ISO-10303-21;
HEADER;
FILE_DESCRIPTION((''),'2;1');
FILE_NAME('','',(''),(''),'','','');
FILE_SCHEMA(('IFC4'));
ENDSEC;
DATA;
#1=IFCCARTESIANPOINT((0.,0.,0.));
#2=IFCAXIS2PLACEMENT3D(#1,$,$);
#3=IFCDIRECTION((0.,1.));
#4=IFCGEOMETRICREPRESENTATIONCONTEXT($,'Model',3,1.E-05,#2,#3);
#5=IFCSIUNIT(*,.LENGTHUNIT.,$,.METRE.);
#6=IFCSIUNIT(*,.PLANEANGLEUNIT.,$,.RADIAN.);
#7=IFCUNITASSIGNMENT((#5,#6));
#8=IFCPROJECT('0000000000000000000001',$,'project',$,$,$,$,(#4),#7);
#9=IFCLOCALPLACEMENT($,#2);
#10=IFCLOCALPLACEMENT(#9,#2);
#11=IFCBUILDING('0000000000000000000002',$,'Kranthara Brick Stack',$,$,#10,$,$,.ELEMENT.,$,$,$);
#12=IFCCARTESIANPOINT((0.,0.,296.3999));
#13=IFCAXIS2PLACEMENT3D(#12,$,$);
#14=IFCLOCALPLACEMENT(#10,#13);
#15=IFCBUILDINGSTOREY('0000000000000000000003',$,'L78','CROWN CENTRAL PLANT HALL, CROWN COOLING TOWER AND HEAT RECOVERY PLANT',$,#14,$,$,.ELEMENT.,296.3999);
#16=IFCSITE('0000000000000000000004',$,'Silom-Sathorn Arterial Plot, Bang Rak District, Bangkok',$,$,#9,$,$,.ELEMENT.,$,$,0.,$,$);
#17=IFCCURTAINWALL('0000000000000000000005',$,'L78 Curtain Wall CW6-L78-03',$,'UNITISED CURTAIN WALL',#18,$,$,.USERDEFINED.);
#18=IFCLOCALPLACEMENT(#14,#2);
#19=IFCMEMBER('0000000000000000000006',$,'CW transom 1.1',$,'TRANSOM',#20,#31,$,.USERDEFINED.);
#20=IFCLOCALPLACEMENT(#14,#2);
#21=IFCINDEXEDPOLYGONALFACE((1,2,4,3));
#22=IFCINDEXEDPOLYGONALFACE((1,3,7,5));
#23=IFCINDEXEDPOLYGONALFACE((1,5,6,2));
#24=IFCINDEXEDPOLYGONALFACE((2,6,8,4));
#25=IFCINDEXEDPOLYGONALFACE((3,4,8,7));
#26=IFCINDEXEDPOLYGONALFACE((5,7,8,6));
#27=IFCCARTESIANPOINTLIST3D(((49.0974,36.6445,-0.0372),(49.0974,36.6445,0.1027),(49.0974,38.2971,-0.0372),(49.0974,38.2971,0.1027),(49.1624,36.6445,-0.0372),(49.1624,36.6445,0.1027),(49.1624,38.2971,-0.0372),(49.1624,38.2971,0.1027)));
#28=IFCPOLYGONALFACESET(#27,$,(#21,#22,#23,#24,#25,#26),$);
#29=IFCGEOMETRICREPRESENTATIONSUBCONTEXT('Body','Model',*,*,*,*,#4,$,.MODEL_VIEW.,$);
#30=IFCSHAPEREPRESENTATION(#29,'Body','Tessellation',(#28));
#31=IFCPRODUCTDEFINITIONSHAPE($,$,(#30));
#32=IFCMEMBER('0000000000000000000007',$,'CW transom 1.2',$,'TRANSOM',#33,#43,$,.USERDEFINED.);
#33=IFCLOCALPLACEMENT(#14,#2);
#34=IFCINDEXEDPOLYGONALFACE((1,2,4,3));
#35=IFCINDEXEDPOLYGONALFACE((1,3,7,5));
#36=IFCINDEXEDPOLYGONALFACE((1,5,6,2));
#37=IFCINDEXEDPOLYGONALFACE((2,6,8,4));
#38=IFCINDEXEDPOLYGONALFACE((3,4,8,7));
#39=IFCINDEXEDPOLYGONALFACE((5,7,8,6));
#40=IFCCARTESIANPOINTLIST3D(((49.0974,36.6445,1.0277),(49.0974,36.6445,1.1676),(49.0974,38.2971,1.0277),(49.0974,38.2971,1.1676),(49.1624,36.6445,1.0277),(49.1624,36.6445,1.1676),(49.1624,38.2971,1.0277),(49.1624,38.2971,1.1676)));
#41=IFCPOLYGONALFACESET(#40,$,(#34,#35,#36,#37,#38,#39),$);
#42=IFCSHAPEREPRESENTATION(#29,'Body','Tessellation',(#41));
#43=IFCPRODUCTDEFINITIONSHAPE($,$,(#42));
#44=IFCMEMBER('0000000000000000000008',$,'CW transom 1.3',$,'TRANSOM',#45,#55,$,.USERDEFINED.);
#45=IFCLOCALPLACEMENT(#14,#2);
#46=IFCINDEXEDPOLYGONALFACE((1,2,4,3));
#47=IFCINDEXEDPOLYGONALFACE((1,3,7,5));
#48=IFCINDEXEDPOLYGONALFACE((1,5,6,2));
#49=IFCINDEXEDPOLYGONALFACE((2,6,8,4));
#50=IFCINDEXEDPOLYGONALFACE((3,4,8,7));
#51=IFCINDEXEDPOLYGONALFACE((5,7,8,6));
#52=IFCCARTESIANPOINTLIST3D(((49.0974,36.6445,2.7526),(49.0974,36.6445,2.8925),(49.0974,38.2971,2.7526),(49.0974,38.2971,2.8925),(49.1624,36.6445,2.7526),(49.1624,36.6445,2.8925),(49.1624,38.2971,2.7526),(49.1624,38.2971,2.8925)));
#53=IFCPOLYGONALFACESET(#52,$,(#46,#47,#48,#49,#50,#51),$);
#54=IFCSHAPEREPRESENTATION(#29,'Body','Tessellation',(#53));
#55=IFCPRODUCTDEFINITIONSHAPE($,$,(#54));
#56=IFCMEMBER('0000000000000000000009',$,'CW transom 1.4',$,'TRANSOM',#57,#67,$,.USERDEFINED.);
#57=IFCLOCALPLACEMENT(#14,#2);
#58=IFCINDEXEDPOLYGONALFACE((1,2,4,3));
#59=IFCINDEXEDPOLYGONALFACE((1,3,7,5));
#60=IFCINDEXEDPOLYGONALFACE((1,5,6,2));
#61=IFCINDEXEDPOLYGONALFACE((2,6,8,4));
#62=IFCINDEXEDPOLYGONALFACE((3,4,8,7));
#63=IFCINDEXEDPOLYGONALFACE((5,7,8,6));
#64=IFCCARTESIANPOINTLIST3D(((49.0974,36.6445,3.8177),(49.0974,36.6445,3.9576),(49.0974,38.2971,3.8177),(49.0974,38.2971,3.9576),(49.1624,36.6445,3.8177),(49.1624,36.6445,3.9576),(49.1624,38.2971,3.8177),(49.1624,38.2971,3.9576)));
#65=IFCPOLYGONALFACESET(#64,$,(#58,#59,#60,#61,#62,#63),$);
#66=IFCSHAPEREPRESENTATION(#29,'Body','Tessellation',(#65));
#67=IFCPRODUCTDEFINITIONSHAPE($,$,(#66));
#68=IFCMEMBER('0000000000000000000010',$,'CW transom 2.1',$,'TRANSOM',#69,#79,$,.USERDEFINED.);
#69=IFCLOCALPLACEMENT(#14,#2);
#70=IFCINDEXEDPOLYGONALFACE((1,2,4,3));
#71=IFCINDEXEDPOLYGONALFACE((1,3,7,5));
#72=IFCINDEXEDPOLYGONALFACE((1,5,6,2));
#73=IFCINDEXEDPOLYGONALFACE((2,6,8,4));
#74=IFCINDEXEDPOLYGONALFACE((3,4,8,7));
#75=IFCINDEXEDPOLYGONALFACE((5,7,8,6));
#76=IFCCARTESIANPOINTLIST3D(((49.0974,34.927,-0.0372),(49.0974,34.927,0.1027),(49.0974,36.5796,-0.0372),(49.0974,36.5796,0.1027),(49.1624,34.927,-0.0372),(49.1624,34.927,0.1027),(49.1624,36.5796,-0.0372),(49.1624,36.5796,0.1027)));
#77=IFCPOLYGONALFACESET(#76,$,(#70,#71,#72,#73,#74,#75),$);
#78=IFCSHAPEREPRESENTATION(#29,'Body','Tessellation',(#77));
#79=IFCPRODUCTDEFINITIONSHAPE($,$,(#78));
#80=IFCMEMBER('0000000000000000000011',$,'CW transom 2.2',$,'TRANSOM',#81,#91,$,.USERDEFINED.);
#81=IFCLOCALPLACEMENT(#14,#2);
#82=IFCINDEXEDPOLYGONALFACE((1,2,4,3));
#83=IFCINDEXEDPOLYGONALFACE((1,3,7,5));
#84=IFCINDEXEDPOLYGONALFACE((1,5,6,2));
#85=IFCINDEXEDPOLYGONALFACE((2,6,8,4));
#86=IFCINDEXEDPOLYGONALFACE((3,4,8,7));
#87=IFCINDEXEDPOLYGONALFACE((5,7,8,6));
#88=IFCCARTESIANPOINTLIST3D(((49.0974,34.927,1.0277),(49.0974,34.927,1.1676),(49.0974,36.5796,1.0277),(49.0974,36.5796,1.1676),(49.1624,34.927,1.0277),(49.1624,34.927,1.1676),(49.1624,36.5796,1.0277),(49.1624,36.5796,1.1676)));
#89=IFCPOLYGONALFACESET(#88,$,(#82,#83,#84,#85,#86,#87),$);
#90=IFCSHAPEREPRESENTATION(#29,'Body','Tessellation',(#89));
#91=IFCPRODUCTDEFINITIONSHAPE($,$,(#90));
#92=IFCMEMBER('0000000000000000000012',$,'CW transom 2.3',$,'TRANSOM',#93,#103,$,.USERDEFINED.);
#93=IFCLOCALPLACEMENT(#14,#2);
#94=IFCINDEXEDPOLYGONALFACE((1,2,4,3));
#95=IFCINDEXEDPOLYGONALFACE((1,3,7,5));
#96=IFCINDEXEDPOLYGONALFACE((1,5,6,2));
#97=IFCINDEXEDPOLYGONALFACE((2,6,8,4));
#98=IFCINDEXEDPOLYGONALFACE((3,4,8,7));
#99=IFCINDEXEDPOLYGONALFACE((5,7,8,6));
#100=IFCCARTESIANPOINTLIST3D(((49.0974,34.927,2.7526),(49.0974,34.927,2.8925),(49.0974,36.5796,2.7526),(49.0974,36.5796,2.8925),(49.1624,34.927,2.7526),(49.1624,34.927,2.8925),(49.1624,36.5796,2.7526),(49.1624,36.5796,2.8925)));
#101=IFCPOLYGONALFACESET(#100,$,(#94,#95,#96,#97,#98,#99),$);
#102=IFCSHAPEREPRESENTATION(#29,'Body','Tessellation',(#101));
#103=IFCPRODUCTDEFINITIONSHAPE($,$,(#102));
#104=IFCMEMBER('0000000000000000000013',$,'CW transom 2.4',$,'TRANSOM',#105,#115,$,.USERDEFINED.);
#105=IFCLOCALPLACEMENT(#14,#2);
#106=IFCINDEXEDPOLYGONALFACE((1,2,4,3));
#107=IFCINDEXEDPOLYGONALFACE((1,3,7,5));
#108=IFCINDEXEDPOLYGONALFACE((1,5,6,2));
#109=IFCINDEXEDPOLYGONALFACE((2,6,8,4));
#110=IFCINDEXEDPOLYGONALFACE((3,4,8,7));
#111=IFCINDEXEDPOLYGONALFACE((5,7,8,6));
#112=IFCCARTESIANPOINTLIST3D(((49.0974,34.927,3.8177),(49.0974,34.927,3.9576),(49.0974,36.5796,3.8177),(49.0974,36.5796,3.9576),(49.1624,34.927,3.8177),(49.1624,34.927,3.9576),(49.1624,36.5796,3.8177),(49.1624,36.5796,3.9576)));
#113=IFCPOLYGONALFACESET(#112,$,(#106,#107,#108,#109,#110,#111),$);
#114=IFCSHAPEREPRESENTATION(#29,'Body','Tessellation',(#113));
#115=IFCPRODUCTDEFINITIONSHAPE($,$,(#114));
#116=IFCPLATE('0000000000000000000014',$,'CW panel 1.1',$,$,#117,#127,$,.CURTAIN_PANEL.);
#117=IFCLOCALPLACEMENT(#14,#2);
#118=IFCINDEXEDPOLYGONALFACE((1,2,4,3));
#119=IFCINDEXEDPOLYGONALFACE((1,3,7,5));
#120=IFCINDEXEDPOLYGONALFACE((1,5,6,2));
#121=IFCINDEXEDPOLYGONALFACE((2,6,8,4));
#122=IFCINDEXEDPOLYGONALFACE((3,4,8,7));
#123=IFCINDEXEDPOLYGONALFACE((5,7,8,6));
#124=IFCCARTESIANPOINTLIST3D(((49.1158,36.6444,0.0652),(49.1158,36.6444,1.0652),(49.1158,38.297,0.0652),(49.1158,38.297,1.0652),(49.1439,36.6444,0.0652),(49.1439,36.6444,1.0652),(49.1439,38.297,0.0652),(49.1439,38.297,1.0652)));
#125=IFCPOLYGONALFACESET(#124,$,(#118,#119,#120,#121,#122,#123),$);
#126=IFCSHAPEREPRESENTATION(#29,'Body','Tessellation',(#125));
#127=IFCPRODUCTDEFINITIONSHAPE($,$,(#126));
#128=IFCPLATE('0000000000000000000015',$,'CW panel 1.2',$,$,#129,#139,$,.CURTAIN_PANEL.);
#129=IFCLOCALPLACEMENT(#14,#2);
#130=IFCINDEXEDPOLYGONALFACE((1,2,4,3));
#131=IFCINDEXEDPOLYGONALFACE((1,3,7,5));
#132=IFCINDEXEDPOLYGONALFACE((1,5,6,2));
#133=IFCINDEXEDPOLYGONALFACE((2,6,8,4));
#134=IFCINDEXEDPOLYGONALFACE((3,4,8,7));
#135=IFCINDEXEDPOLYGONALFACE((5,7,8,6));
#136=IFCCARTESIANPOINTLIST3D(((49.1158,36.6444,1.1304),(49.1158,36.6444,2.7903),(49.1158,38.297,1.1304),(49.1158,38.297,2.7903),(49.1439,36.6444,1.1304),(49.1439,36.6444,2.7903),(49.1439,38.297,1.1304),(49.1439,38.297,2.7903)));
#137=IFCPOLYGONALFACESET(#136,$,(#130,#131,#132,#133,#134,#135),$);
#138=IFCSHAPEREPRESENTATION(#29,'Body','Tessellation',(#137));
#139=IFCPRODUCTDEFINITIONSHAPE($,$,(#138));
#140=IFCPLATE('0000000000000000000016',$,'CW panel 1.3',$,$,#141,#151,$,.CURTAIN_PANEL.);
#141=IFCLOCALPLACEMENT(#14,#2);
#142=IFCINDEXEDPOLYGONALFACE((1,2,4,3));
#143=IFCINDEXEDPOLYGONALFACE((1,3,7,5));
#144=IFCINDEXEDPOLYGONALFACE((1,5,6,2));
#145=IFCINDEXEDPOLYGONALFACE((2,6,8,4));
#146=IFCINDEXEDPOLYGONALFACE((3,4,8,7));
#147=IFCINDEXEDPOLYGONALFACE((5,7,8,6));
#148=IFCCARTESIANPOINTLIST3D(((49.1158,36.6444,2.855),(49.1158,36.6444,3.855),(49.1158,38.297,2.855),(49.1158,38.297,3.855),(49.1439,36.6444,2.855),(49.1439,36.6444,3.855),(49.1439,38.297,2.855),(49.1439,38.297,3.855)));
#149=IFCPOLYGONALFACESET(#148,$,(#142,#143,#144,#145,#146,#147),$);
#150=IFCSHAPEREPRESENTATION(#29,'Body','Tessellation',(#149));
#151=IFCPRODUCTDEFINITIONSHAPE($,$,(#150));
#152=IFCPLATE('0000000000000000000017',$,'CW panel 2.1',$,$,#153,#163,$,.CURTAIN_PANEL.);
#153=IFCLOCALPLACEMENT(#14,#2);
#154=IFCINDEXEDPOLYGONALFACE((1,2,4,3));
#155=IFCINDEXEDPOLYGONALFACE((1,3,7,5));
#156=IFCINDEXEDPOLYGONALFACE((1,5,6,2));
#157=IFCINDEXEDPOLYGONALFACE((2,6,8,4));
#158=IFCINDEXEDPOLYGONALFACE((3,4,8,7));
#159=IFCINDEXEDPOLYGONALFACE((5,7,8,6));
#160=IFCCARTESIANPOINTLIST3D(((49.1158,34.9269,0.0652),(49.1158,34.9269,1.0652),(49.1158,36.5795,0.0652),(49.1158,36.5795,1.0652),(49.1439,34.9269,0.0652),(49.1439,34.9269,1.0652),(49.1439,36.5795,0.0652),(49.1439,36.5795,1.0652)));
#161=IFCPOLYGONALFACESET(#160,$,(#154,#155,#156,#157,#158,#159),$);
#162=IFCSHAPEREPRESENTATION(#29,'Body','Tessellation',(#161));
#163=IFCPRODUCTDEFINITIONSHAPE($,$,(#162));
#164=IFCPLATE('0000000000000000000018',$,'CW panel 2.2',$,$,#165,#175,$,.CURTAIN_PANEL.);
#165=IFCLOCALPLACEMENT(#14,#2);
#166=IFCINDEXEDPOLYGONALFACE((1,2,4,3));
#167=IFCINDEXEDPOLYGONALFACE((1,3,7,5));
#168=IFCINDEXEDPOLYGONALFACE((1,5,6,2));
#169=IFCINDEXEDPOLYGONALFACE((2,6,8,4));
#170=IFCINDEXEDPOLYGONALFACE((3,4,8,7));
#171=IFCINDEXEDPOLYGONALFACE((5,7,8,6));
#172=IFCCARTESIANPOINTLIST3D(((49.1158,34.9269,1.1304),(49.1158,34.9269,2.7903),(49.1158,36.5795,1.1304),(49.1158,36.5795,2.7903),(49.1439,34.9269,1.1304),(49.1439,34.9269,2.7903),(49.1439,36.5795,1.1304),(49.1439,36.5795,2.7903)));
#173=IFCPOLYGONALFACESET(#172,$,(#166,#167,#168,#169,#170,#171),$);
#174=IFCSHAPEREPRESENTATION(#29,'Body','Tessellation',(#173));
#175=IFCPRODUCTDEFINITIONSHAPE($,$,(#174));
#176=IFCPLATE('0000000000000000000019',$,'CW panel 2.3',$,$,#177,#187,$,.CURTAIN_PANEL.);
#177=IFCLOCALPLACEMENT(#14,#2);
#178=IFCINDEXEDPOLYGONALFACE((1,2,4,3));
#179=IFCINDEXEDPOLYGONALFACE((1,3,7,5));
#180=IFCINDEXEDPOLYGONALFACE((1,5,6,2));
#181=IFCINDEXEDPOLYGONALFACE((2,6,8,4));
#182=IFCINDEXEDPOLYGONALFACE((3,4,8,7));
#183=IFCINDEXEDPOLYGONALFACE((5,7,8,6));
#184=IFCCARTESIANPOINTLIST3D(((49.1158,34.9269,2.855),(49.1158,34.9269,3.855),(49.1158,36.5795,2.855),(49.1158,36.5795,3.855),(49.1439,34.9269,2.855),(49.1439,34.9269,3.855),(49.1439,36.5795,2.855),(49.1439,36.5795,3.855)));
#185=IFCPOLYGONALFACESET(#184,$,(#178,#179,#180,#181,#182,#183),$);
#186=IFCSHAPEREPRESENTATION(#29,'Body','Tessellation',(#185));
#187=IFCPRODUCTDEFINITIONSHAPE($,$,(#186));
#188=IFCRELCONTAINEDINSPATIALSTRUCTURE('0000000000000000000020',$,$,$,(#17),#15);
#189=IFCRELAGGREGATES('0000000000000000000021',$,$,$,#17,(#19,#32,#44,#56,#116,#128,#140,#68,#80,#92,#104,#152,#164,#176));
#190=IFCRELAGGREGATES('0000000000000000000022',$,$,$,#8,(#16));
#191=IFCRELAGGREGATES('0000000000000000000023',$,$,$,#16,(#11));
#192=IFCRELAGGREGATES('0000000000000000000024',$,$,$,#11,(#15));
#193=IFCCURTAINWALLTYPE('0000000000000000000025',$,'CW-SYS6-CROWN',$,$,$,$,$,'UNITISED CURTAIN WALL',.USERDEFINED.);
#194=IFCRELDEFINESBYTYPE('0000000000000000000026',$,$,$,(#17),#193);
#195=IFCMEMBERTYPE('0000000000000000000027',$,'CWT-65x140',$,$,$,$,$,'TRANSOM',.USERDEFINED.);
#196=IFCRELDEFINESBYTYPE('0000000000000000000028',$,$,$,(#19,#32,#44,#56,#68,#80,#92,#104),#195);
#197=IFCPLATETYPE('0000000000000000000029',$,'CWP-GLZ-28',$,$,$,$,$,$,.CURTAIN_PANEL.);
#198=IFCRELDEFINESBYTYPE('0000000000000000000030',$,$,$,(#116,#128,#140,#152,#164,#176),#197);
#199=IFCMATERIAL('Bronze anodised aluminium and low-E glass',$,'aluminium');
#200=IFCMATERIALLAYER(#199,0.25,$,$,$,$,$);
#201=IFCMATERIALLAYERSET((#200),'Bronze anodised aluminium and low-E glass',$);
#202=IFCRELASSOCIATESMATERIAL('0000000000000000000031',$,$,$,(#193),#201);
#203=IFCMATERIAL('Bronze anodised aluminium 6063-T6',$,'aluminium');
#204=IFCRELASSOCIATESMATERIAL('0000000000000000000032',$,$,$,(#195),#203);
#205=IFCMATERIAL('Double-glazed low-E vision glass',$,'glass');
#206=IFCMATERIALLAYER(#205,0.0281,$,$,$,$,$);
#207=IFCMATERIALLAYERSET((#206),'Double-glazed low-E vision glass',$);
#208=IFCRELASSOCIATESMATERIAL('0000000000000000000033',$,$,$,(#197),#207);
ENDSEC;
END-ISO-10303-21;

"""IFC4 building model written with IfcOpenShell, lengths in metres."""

from ifc_helpers import new_model, si_unit, direction, frame, origin, origin_2d, place, context, subcontext, project, spatial, rectangle, extrude, material, layer, layer_set, material_profile, profile_set, type_object, element, aggregate, save


model = new_model("IFC4")

# Units and contexts
model_context = context("Model", 3, precision=1e-05, world=origin(), true_north=direction((0.0, 1.0)))
body_context = subcontext(model_context, "Body", "Model", "MODEL_VIEW")
ifc_project = project(units=[si_unit("LENGTHUNIT", "METRE"), si_unit("PLANEANGLEUNIT", "RADIAN")], contexts=[model_context])

# Site, building, storey
site_placement = place(None, origin())
site = spatial("IfcSite", under=ifc_project, at=site_placement, Name="Silom-Sathorn Arterial Plot, Bang Rak District, Bangkok", CompositionType="ELEMENT", RefElevation=0.0)
building_placement = place(site_placement, origin())
building = spatial("IfcBuilding", under=site, at=building_placement, Name="Kranthara Brick Stack", CompositionType="ELEMENT")
storey_placement = place(building_placement, frame((0.0, 0.0, 296.3999)))
storey = spatial("IfcBuildingStorey", under=building, at=storey_placement, Name="L78", Description="CROWN CENTRAL PLANT HALL, CROWN COOLING TOWER AND HEAT RECOVERY PLANT", CompositionType="ELEMENT", Elevation=296.3999)

# Curtain wall, members, plates
ifc_material_1 = material(Name="Bronze anodised aluminium and low-E glass", Category="aluminium")
ifc_layer_1 = layer(ifc_material_1, 0.25)
ifc_layer_set_1 = layer_set([ifc_layer_1], Name="Bronze anodised aluminium and low-E glass")
curtain_wall_type = type_object("IfcCurtainWallType", Name="CW-SYS6-CROWN", ElementType="UNITISED CURTAIN WALL", PredefinedType="USERDEFINED", material=ifc_layer_set_1)
curtain_wall_placement = place(storey_placement, origin())
curtain_wall = element("IfcCurtainWall", 1, at=curtain_wall_placement, inside=storey, type_object=curtain_wall_type, Name="L78 Curtain Wall CW6-L78-03", ObjectType="UNITISED CURTAIN WALL", PredefinedType="USERDEFINED")
ifc_material_2 = material(Name="Bronze anodised aluminium 6063-T6", Category="aluminium")
ifc_material_profile_1 = material_profile(ifc_material_2, rectangle(XDim=0.0649, YDim=0.1399, at=origin_2d()), Name="ALU TRANSOM 65x140")
ifc_profile_set_1 = profile_set([ifc_material_profile_1], Name="Bronze anodised aluminium 6063-T6")
member_type_1 = type_object("IfcMemberType", Name="CWT-65x140", ElementType="TRANSOM", PredefinedType="USERDEFINED", material=ifc_profile_set_1)
member_1_placement = place(storey_placement, frame((49.1299, 38.2971, 0.0327), z_axis=(0.0, -1.0, 0.0), x_axis=(1.0, 0.0, 0.0)))
member_1 = element("IfcMember", 2, at=member_1_placement, type_object=member_type_1, Name="CW transom 1.1", ObjectType="TRANSOM", PredefinedType="USERDEFINED", context=body_context, shape_type="SweptSolid", body=[
    extrude(rectangle(XDim=0.0649, YDim=0.1399, at=origin_2d()), origin(), (0.0, 0.0, 1.0), 1.6526),
])
member_2_placement = place(storey_placement, frame((49.1299, 38.2971, 1.0977), z_axis=(0.0, -1.0, 0.0), x_axis=(1.0, 0.0, 0.0)))
member_2 = element("IfcMember", 3, at=member_2_placement, type_object=member_type_1, Name="CW transom 1.2", ObjectType="TRANSOM", PredefinedType="USERDEFINED", context=body_context, shape_type="SweptSolid", body=[
    extrude(rectangle(XDim=0.0649, YDim=0.1399, at=origin_2d()), origin(), (0.0, 0.0, 1.0), 1.6526),
])
member_3_placement = place(storey_placement, frame((49.1299, 38.2971, 2.8225), z_axis=(0.0, -1.0, 0.0), x_axis=(1.0, 0.0, 0.0)))
member_3 = element("IfcMember", 4, at=member_3_placement, type_object=member_type_1, Name="CW transom 1.3", ObjectType="TRANSOM", PredefinedType="USERDEFINED", context=body_context, shape_type="SweptSolid", body=[
    extrude(rectangle(XDim=0.0649, YDim=0.1399, at=origin_2d()), origin(), (0.0, 0.0, 1.0), 1.6526),
])
member_4_placement = place(storey_placement, frame((49.1299, 38.2971, 3.8877), z_axis=(0.0, -1.0, 0.0), x_axis=(1.0, 0.0, 0.0)))
member_4 = element("IfcMember", 5, at=member_4_placement, type_object=member_type_1, Name="CW transom 1.4", ObjectType="TRANSOM", PredefinedType="USERDEFINED", context=body_context, shape_type="SweptSolid", body=[
    extrude(rectangle(XDim=0.0649, YDim=0.1399, at=origin_2d()), origin(), (0.0, 0.0, 1.0), 1.6526),
])
member_5_placement = place(storey_placement, frame((49.1299, 36.5796, 0.0327), z_axis=(0.0, -1.0, 0.0), x_axis=(1.0, 0.0, 0.0)))
member_5 = element("IfcMember", 6, at=member_5_placement, type_object=member_type_1, Name="CW transom 2.1", ObjectType="TRANSOM", PredefinedType="USERDEFINED", context=body_context, shape_type="SweptSolid", body=[
    extrude(rectangle(XDim=0.0649, YDim=0.1399, at=origin_2d()), origin(), (0.0, 0.0, 1.0), 1.6526),
])
member_6_placement = place(storey_placement, frame((49.1299, 36.5796, 1.0977), z_axis=(0.0, -1.0, 0.0), x_axis=(1.0, 0.0, 0.0)))
member_6 = element("IfcMember", 7, at=member_6_placement, type_object=member_type_1, Name="CW transom 2.2", ObjectType="TRANSOM", PredefinedType="USERDEFINED", context=body_context, shape_type="SweptSolid", body=[
    extrude(rectangle(XDim=0.0649, YDim=0.1399, at=origin_2d()), origin(), (0.0, 0.0, 1.0), 1.6526),
])
member_7_placement = place(storey_placement, frame((49.1299, 36.5796, 2.8225), z_axis=(0.0, -1.0, 0.0), x_axis=(1.0, 0.0, 0.0)))
member_7 = element("IfcMember", 8, at=member_7_placement, type_object=member_type_1, Name="CW transom 2.3", ObjectType="TRANSOM", PredefinedType="USERDEFINED", context=body_context, shape_type="SweptSolid", body=[
    extrude(rectangle(XDim=0.0649, YDim=0.1399, at=origin_2d()), origin(), (0.0, 0.0, 1.0), 1.6526),
])
member_8_placement = place(storey_placement, frame((49.1299, 36.5796, 3.8877), z_axis=(0.0, -1.0, 0.0), x_axis=(1.0, 0.0, 0.0)))
member_8 = element("IfcMember", 9, at=member_8_placement, type_object=member_type_1, Name="CW transom 2.4", ObjectType="TRANSOM", PredefinedType="USERDEFINED", context=body_context, shape_type="SweptSolid", body=[
    extrude(rectangle(XDim=0.0649, YDim=0.1399, at=origin_2d()), origin(), (0.0, 0.0, 1.0), 1.6526),
])
ifc_material_3 = material(Name="Double-glazed low-E vision glass", Category="glass")
ifc_layer_2 = layer(ifc_material_3, 0.0281)
ifc_layer_set_2 = layer_set([ifc_layer_2], Name="Double-glazed low-E vision glass")
plate_type = type_object("IfcPlateType", Name="CWP-GLZ-28", PredefinedType="CURTAIN_PANEL", material=ifc_layer_set_2)
plate_1_placement = place(storey_placement, frame((49.1299, 37.4707, 0.0652), z_axis=(0.0, 0.0, 1.0), x_axis=(0.0, -1.0, 0.0)))
plate_1 = element("IfcPlate", 10, at=plate_1_placement, type_object=plate_type, Name="CW panel 1.1", PredefinedType="CURTAIN_PANEL", context=body_context, shape_type="SweptSolid", body=[
    extrude(rectangle(XDim=1.6526, YDim=0.0281, at=origin_2d()), origin(), (0.0, 0.0, 1.0), 1.0),
])
plate_2_placement = place(storey_placement, frame((49.1299, 37.4707, 1.1304), z_axis=(0.0, 0.0, 1.0), x_axis=(0.0, -1.0, 0.0)))
plate_2 = element("IfcPlate", 11, at=plate_2_placement, type_object=plate_type, Name="CW panel 1.2", PredefinedType="CURTAIN_PANEL", context=body_context, shape_type="SweptSolid", body=[
    extrude(rectangle(XDim=1.6526, YDim=0.0281, at=origin_2d()), origin(), (0.0, 0.0, 1.0), 1.6599),
])
plate_3_placement = place(storey_placement, frame((49.1299, 37.4707, 2.855), z_axis=(0.0, 0.0, 1.0), x_axis=(0.0, -1.0, 0.0)))
plate_3 = element("IfcPlate", 12, at=plate_3_placement, type_object=plate_type, Name="CW panel 1.3", PredefinedType="CURTAIN_PANEL", context=body_context, shape_type="SweptSolid", body=[
    extrude(rectangle(XDim=1.6526, YDim=0.0281, at=origin_2d()), origin(), (0.0, 0.0, 1.0), 1.0),
])
plate_4_placement = place(storey_placement, frame((49.1299, 35.7532, 0.0652), z_axis=(0.0, 0.0, 1.0), x_axis=(0.0, -1.0, 0.0)))
plate_4 = element("IfcPlate", 13, at=plate_4_placement, type_object=plate_type, Name="CW panel 2.1", PredefinedType="CURTAIN_PANEL", context=body_context, shape_type="SweptSolid", body=[
    extrude(rectangle(XDim=1.6526, YDim=0.0281, at=origin_2d()), origin(), (0.0, 0.0, 1.0), 1.0),
])
plate_5_placement = place(storey_placement, frame((49.1299, 35.7532, 1.1304), z_axis=(0.0, 0.0, 1.0), x_axis=(0.0, -1.0, 0.0)))
plate_5 = element("IfcPlate", 14, at=plate_5_placement, type_object=plate_type, Name="CW panel 2.2", PredefinedType="CURTAIN_PANEL", context=body_context, shape_type="SweptSolid", body=[
    extrude(rectangle(XDim=1.6526, YDim=0.0281, at=origin_2d()), origin(), (0.0, 0.0, 1.0), 1.6599),
])
plate_6_placement = place(storey_placement, frame((49.1299, 35.7532, 2.855), z_axis=(0.0, 0.0, 1.0), x_axis=(0.0, -1.0, 0.0)))
plate_6 = element("IfcPlate", 15, at=plate_6_placement, type_object=plate_type, Name="CW panel 2.3", PredefinedType="CURTAIN_PANEL", context=body_context, shape_type="SweptSolid", body=[
    extrude(rectangle(XDim=1.6526, YDim=0.0281, at=origin_2d()), origin(), (0.0, 0.0, 1.0), 1.0),
])
aggregate(curtain_wall, [member_1, member_2, member_3, member_4, plate_1, plate_2, plate_3, member_5, member_6, member_7, member_8, plate_4, plate_5, plate_6])

save(model, "model.ifc")
